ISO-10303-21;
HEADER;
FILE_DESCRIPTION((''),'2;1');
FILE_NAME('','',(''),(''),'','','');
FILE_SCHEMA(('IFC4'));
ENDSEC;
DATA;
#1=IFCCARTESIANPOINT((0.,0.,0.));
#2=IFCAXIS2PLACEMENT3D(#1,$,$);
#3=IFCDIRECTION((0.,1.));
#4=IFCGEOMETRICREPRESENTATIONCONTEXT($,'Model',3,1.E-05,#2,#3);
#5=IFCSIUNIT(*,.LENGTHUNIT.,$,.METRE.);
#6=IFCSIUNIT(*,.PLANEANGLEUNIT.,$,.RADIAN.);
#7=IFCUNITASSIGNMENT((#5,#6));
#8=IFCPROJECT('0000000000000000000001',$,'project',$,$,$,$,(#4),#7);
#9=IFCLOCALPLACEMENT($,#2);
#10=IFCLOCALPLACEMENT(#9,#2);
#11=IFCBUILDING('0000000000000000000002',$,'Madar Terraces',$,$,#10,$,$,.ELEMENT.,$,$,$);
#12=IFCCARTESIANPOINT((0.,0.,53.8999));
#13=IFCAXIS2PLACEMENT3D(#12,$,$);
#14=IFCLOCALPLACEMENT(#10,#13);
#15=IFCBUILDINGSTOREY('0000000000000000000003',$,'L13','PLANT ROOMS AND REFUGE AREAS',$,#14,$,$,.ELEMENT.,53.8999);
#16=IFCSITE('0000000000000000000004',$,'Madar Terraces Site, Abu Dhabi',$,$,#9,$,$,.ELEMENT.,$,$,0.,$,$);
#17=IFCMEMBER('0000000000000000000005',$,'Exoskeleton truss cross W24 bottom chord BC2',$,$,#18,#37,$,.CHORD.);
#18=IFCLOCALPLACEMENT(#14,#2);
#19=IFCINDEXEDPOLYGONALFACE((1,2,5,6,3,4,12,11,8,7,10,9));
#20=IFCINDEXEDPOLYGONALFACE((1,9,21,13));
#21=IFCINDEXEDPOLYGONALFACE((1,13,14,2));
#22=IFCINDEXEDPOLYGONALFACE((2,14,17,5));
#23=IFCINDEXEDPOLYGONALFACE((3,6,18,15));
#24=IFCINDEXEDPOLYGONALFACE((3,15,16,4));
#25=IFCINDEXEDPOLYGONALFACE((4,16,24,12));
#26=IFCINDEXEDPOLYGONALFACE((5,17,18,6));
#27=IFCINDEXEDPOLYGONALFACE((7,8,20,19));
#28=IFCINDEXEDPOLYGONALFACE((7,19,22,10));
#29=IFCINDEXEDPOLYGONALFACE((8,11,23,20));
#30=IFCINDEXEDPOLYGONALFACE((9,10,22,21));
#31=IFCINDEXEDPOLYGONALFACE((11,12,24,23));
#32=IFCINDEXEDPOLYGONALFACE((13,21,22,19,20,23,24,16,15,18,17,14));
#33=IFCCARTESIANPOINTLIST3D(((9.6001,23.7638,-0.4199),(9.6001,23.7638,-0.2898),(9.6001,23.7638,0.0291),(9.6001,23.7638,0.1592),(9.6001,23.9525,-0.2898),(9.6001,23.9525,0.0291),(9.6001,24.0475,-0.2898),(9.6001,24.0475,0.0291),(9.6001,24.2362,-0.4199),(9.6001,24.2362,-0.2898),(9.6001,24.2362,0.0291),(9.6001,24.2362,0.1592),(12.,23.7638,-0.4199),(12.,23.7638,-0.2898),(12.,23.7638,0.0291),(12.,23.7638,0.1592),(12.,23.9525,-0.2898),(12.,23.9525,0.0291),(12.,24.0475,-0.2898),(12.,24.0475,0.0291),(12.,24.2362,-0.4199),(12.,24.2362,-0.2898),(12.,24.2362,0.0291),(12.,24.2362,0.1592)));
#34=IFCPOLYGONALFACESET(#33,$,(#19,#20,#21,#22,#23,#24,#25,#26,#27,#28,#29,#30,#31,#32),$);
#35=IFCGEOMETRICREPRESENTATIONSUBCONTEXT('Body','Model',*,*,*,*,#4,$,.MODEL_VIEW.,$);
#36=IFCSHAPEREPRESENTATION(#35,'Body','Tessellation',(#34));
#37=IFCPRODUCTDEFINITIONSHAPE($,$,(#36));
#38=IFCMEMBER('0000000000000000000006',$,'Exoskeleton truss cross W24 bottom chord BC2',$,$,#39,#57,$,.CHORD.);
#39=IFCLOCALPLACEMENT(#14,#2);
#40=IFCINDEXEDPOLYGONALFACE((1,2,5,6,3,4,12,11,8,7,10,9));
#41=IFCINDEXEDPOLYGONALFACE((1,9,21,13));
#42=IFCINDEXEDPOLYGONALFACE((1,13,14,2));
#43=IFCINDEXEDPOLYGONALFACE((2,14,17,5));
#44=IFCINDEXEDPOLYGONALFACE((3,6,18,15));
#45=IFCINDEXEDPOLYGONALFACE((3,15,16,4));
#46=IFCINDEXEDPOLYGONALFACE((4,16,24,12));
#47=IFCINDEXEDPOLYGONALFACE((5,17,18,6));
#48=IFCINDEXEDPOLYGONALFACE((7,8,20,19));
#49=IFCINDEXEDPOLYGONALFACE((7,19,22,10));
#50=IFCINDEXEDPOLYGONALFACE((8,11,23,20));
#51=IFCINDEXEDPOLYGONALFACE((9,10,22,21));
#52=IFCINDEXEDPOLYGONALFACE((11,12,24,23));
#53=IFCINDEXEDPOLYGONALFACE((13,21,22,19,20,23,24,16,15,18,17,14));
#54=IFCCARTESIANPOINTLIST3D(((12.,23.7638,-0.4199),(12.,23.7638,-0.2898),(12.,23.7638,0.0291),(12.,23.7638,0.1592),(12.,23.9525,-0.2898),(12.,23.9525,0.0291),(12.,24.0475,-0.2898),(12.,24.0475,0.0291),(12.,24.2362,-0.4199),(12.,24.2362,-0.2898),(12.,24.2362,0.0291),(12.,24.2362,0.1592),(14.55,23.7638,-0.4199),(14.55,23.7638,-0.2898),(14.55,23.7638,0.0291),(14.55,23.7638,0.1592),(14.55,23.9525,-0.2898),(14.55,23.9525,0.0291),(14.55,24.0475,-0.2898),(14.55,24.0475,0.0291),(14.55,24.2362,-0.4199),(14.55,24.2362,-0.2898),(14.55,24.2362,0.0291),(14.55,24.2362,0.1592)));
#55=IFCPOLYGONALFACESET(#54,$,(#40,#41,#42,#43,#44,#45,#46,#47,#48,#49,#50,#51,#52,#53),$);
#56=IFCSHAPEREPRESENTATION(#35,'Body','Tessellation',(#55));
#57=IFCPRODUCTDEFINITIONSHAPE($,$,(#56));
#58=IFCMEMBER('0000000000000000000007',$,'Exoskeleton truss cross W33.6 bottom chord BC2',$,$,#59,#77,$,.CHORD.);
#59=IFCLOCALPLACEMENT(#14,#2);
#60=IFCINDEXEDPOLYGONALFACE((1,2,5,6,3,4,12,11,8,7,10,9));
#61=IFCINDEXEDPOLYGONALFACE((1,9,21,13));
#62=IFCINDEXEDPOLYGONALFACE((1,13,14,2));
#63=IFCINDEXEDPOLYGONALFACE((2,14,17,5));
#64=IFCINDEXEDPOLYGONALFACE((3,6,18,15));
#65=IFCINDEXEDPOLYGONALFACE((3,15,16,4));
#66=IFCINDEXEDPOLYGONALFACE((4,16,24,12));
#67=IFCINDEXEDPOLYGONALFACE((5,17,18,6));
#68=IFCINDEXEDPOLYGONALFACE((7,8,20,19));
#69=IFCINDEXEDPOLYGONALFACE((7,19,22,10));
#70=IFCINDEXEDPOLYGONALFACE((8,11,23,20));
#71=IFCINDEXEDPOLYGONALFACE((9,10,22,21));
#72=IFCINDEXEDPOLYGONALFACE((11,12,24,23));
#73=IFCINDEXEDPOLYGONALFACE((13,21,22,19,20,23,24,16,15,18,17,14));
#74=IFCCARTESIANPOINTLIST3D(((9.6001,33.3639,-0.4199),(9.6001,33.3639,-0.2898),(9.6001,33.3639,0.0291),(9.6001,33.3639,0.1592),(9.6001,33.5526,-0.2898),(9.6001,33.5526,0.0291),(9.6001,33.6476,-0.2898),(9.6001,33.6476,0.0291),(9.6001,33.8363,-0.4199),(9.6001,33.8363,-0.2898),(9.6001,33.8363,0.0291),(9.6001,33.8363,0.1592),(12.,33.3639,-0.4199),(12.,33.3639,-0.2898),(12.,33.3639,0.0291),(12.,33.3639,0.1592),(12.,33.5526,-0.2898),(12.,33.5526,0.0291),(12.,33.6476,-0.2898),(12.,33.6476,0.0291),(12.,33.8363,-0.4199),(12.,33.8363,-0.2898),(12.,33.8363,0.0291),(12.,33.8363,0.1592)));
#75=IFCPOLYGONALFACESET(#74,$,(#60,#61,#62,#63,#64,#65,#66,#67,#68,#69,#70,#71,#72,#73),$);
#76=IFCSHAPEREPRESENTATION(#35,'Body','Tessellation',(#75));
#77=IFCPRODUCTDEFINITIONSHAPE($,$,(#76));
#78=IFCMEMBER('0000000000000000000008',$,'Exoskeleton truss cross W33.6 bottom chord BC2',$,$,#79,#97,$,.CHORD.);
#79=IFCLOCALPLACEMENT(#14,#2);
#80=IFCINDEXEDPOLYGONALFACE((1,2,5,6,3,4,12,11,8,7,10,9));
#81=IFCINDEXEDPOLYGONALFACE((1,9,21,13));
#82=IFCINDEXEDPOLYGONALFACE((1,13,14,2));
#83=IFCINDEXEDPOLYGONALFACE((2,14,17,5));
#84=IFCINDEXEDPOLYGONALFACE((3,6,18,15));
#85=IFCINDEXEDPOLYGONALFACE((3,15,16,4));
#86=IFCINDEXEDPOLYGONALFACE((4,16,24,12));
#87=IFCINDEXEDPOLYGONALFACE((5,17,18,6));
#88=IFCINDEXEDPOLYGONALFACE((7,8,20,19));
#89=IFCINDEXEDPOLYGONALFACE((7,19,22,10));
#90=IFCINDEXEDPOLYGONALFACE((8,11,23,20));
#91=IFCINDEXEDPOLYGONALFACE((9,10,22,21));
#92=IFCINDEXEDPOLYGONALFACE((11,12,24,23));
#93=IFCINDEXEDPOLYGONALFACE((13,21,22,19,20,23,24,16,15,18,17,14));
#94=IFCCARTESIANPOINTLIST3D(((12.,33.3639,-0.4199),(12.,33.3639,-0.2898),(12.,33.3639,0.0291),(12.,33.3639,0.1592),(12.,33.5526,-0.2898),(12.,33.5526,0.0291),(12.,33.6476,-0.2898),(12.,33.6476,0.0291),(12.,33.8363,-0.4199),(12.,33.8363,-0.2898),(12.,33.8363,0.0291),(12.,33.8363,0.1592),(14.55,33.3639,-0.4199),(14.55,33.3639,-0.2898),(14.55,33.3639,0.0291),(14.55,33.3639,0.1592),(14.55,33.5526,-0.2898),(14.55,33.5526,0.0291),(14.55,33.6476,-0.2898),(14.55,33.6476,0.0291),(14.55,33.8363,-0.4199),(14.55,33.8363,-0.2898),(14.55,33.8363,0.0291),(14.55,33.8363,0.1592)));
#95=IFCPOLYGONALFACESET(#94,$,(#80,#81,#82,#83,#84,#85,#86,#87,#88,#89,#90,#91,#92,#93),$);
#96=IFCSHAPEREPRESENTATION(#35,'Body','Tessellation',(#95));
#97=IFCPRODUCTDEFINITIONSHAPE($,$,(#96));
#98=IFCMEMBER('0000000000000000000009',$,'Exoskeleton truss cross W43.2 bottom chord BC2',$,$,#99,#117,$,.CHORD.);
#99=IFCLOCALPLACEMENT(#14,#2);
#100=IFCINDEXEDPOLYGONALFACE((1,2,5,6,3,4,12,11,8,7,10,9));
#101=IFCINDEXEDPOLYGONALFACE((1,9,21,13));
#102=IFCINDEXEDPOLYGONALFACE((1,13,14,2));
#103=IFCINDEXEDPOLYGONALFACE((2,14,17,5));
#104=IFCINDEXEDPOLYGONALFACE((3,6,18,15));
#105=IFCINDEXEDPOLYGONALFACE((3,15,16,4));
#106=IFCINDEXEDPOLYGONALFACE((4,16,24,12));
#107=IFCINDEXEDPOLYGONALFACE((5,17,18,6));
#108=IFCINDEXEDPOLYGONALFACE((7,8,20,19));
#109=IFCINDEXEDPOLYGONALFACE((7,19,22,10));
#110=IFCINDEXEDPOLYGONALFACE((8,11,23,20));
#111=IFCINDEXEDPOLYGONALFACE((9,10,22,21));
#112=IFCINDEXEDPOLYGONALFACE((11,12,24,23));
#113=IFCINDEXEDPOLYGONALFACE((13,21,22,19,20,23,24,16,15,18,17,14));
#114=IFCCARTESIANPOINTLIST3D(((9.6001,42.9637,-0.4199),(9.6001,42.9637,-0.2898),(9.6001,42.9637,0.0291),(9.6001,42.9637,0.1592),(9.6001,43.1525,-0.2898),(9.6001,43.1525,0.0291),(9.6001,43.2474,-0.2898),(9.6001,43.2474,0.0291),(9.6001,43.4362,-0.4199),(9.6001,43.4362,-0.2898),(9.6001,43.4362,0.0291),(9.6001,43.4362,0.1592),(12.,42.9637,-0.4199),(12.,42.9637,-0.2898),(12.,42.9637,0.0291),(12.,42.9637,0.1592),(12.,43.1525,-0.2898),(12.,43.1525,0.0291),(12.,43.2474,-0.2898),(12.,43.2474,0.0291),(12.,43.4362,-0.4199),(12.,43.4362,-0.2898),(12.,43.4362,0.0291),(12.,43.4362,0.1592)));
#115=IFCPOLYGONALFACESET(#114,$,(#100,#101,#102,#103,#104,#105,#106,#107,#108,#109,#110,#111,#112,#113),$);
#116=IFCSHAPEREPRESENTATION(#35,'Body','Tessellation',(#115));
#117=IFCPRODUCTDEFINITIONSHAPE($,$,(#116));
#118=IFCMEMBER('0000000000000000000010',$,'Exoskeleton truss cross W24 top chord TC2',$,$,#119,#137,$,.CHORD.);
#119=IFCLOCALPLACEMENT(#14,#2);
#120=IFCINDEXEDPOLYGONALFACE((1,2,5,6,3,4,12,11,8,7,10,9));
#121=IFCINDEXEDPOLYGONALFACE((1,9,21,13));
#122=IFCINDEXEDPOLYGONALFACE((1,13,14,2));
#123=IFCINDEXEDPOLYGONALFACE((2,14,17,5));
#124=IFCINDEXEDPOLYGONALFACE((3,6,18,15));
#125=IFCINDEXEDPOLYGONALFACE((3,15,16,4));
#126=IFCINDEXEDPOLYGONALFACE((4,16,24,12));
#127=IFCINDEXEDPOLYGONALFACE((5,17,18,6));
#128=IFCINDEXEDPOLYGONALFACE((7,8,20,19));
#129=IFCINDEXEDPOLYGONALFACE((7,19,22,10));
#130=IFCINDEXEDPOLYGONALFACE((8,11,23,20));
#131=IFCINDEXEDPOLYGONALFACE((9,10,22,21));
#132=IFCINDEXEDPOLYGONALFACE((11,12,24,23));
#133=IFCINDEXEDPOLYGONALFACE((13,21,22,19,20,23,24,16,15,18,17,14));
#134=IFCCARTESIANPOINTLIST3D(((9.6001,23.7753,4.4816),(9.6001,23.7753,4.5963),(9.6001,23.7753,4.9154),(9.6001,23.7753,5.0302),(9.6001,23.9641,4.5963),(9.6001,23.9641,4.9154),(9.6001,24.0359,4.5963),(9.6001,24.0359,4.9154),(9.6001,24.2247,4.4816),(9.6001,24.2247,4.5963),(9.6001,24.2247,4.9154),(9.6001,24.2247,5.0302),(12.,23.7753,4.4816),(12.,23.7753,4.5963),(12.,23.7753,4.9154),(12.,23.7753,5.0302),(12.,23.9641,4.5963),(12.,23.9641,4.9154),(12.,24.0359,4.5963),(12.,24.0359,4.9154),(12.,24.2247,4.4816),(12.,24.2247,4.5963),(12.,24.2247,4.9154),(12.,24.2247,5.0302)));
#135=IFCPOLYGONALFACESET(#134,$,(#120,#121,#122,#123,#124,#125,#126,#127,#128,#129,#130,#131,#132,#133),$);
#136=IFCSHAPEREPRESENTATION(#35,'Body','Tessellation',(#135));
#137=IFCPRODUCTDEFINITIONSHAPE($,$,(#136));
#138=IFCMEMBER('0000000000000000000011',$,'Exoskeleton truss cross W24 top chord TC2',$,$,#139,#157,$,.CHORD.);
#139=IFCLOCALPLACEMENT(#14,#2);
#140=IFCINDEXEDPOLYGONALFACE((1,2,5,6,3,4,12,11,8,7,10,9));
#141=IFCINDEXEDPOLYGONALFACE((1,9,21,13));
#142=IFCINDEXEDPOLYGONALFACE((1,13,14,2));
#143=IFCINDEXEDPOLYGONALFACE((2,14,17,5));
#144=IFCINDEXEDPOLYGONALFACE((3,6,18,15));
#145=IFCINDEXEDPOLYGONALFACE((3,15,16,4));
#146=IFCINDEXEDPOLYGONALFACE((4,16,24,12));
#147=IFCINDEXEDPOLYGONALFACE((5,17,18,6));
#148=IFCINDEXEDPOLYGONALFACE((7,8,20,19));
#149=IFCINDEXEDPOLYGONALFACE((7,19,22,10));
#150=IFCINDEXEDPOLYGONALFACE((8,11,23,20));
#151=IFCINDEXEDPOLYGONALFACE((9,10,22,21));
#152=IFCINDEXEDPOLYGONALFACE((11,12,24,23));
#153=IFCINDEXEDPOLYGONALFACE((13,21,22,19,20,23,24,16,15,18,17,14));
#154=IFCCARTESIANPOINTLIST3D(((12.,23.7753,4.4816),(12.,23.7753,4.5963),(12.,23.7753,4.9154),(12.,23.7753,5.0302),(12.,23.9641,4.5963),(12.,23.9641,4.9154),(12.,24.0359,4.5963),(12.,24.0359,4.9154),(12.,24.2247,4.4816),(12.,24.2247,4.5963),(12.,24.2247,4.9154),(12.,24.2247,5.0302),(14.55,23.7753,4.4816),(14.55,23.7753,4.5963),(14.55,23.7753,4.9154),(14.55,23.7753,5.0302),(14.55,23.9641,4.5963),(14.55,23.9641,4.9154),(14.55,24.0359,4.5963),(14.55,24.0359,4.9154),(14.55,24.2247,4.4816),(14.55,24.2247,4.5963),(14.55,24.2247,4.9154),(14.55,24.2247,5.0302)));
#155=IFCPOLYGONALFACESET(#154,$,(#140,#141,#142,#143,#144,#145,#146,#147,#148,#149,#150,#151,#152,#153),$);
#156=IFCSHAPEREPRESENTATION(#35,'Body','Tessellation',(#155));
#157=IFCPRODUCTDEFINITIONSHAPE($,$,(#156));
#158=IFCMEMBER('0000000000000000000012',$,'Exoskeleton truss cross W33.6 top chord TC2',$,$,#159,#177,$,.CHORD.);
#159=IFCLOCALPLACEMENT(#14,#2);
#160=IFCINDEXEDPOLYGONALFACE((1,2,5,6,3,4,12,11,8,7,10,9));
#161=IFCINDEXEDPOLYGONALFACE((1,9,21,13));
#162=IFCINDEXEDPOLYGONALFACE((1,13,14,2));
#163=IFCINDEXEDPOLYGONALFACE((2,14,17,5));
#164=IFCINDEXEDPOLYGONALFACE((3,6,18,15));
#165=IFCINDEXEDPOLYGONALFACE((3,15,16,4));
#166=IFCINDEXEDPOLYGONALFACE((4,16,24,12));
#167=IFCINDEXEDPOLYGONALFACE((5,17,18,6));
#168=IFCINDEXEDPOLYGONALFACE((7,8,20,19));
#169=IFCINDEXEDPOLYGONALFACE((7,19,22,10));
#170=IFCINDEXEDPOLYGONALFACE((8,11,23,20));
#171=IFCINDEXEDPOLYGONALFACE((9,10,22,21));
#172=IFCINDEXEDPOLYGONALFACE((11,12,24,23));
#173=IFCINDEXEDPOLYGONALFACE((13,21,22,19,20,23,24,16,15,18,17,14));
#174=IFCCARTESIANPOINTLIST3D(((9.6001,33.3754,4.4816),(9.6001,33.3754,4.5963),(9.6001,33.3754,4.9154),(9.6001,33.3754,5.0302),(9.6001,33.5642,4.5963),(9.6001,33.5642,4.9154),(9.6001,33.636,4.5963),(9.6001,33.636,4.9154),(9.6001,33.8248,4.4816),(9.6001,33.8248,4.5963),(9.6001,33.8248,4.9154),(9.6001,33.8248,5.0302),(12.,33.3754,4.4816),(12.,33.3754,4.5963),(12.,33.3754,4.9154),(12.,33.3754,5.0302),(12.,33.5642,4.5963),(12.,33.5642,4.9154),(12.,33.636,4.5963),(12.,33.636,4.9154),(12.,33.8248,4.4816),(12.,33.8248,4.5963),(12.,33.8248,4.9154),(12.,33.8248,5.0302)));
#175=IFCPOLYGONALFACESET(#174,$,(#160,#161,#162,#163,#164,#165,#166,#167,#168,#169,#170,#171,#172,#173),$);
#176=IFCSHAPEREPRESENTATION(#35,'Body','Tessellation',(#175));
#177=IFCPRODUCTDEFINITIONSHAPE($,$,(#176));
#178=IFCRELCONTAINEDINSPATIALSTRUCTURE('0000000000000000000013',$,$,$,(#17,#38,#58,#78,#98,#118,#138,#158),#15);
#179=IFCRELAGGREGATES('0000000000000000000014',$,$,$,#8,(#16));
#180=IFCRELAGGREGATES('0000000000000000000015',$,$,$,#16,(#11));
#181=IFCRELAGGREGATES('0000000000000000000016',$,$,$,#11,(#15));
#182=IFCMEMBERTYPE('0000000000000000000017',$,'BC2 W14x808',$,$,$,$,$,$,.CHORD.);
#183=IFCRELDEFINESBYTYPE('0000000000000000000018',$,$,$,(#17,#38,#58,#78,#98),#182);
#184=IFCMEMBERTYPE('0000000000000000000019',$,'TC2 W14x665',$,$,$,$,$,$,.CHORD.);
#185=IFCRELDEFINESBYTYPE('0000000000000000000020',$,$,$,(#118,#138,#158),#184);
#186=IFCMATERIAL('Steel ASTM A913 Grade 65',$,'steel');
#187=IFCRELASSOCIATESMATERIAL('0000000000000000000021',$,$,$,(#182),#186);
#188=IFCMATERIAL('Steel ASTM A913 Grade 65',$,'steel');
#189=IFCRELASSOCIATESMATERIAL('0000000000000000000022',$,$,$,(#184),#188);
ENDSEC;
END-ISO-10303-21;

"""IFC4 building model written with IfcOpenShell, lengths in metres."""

from ifc_helpers import new_model, si_unit, direction, frame, origin, origin_2d, place, context, subcontext, project, spatial, i_section, extrude, material, material_profile, profile_set, type_object, element, save


model = new_model("IFC4")

# Units and contexts
model_context = context("Model", 3, precision=1e-05, world=origin(), true_north=direction((0.0, 1.0)))
body_context = subcontext(model_context, "Body", "Model", "MODEL_VIEW")
ifc_project = project(units=[si_unit("LENGTHUNIT", "METRE"), si_unit("PLANEANGLEUNIT", "RADIAN")], contexts=[model_context])

# Site, building, storey
site_placement = place(None, origin())
site = spatial("IfcSite", under=ifc_project, at=site_placement, Name="Madar Terraces Site, Abu Dhabi", CompositionType="ELEMENT", RefElevation=0.0)
building_placement = place(site_placement, origin())
building = spatial("IfcBuilding", under=site, at=building_placement, Name="Madar Terraces", CompositionType="ELEMENT")
storey_placement = place(building_placement, frame((0.0, 0.0, 53.8999)))
storey = spatial("IfcBuildingStorey", under=building, at=storey_placement, Name="L13", Description="PLANT ROOMS AND REFUGE AREAS", CompositionType="ELEMENT", Elevation=53.8999)

# Members
ifc_material_1 = material(Name="Steel ASTM A913 Grade 65", Category="steel")
ifc_material_profile_1 = material_profile(ifc_material_1, i_section(OverallWidth=0.4724, OverallDepth=0.5791, WebThickness=0.095, FlangeThickness=0.1301, at=origin_2d()), Name="W14x808")
ifc_profile_set_1 = profile_set([ifc_material_profile_1], Name="Steel ASTM A913 Grade 65")
member_type_1 = type_object("IfcMemberType", Name="BC2 W14x808", PredefinedType="CHORD", material=ifc_profile_set_1)
member_1_placement = place(storey_placement, frame((9.6001, 24.0, -0.1304), z_axis=(1.0, 0.0, 0.0), x_axis=(0.0, 1.0, 0.0)))
element("IfcMember", 1, at=member_1_placement, inside=storey, type_object=member_type_1, Name="Exoskeleton truss cross W24 bottom chord BC2", PredefinedType="CHORD", context=body_context, shape_type="SweptSolid", body=[
    extrude(i_section(OverallWidth=0.4724, OverallDepth=0.5791, WebThickness=0.095, FlangeThickness=0.1301, at=origin_2d()), origin(), (0.0, 0.0, 1.0), 2.3999),
])
member_2_placement = place(storey_placement, frame((12.0, 24.0, -0.1304), z_axis=(1.0, 0.0, 0.0), x_axis=(0.0, 1.0, 0.0)))
element("IfcMember", 2, at=member_2_placement, inside=storey, type_object=member_type_1, Name="Exoskeleton truss cross W24 bottom chord BC2", PredefinedType="CHORD", context=body_context, shape_type="SweptSolid", body=[
    extrude(i_section(OverallWidth=0.4724, OverallDepth=0.5791, WebThickness=0.095, FlangeThickness=0.1301, at=origin_2d()), origin(), (0.0, 0.0, 1.0), 2.55),
])
member_3_placement = place(storey_placement, frame((9.6001, 33.6001, -0.1304), z_axis=(1.0, 0.0, 0.0), x_axis=(0.0, 1.0, 0.0)))
element("IfcMember", 3, at=member_3_placement, inside=storey, type_object=member_type_1, Name="Exoskeleton truss cross W33.6 bottom chord BC2", PredefinedType="CHORD", context=body_context, shape_type="SweptSolid", body=[
    extrude(i_section(OverallWidth=0.4724, OverallDepth=0.5791, WebThickness=0.095, FlangeThickness=0.1301, at=origin_2d()), origin(), (0.0, 0.0, 1.0), 2.3999),
])
member_4_placement = place(storey_placement, frame((12.0, 33.6001, -0.1304), z_axis=(1.0, 0.0, 0.0), x_axis=(0.0, 1.0, 0.0)))
element("IfcMember", 4, at=member_4_placement, inside=storey, type_object=member_type_1, Name="Exoskeleton truss cross W33.6 bottom chord BC2", PredefinedType="CHORD", context=body_context, shape_type="SweptSolid", body=[
    extrude(i_section(OverallWidth=0.4724, OverallDepth=0.5791, WebThickness=0.095, FlangeThickness=0.1301, at=origin_2d()), origin(), (0.0, 0.0, 1.0), 2.55),
])
member_5_placement = place(storey_placement, frame((9.6001, 43.2, -0.1304), z_axis=(1.0, 0.0, 0.0), x_axis=(0.0, 1.0, 0.0)))
element("IfcMember", 5, at=member_5_placement, inside=storey, type_object=member_type_1, Name="Exoskeleton truss cross W43.2 bottom chord BC2", PredefinedType="CHORD", context=body_context, shape_type="SweptSolid", body=[
    extrude(i_section(OverallWidth=0.4724, OverallDepth=0.5791, WebThickness=0.095, FlangeThickness=0.1301, at=origin_2d()), origin(), (0.0, 0.0, 1.0), 2.3999),
])
ifc_material_2 = material(Name="Steel ASTM A913 Grade 65", Category="steel")
ifc_material_profile_2 = material_profile(ifc_material_2, i_section(OverallWidth=0.4495, OverallDepth=0.5486, WebThickness=0.0718, FlangeThickness=0.1147, at=origin_2d()), Name="W14x665")
ifc_profile_set_2 = profile_set([ifc_material_profile_2], Name="Steel ASTM A913 Grade 65")
member_type_2 = type_object("IfcMemberType", Name="TC2 W14x665", PredefinedType="CHORD", material=ifc_profile_set_2)
member_6_placement = place(storey_placement, frame((9.6001, 24.0, 4.7559), z_axis=(1.0, 0.0, 0.0), x_axis=(0.0, 1.0, 0.0)))
element("IfcMember", 6, at=member_6_placement, inside=storey, type_object=member_type_2, Name="Exoskeleton truss cross W24 top chord TC2", PredefinedType="CHORD", context=body_context, shape_type="SweptSolid", body=[
    extrude(i_section(OverallWidth=0.4495, OverallDepth=0.5486, WebThickness=0.0718, FlangeThickness=0.1147, at=origin_2d()), origin(), (0.0, 0.0, 1.0), 2.3999),
])
member_7_placement = place(storey_placement, frame((12.0, 24.0, 4.7559), z_axis=(1.0, 0.0, 0.0), x_axis=(0.0, 1.0, 0.0)))
element("IfcMember", 7, at=member_7_placement, inside=storey, type_object=member_type_2, Name="Exoskeleton truss cross W24 top chord TC2", PredefinedType="CHORD", context=body_context, shape_type="SweptSolid", body=[
    extrude(i_section(OverallWidth=0.4495, OverallDepth=0.5486, WebThickness=0.0718, FlangeThickness=0.1147, at=origin_2d()), origin(), (0.0, 0.0, 1.0), 2.55),
])
member_8_placement = place(storey_placement, frame((9.6001, 33.6001, 4.7559), z_axis=(1.0, 0.0, 0.0), x_axis=(0.0, 1.0, 0.0)))
element("IfcMember", 8, at=member_8_placement, inside=storey, type_object=member_type_2, Name="Exoskeleton truss cross W33.6 top chord TC2", PredefinedType="CHORD", context=body_context, shape_type="SweptSolid", body=[
    extrude(i_section(OverallWidth=0.4495, OverallDepth=0.5486, WebThickness=0.0718, FlangeThickness=0.1147, at=origin_2d()), origin(), (0.0, 0.0, 1.0), 2.3999),
])

save(model, "model.ifc")
